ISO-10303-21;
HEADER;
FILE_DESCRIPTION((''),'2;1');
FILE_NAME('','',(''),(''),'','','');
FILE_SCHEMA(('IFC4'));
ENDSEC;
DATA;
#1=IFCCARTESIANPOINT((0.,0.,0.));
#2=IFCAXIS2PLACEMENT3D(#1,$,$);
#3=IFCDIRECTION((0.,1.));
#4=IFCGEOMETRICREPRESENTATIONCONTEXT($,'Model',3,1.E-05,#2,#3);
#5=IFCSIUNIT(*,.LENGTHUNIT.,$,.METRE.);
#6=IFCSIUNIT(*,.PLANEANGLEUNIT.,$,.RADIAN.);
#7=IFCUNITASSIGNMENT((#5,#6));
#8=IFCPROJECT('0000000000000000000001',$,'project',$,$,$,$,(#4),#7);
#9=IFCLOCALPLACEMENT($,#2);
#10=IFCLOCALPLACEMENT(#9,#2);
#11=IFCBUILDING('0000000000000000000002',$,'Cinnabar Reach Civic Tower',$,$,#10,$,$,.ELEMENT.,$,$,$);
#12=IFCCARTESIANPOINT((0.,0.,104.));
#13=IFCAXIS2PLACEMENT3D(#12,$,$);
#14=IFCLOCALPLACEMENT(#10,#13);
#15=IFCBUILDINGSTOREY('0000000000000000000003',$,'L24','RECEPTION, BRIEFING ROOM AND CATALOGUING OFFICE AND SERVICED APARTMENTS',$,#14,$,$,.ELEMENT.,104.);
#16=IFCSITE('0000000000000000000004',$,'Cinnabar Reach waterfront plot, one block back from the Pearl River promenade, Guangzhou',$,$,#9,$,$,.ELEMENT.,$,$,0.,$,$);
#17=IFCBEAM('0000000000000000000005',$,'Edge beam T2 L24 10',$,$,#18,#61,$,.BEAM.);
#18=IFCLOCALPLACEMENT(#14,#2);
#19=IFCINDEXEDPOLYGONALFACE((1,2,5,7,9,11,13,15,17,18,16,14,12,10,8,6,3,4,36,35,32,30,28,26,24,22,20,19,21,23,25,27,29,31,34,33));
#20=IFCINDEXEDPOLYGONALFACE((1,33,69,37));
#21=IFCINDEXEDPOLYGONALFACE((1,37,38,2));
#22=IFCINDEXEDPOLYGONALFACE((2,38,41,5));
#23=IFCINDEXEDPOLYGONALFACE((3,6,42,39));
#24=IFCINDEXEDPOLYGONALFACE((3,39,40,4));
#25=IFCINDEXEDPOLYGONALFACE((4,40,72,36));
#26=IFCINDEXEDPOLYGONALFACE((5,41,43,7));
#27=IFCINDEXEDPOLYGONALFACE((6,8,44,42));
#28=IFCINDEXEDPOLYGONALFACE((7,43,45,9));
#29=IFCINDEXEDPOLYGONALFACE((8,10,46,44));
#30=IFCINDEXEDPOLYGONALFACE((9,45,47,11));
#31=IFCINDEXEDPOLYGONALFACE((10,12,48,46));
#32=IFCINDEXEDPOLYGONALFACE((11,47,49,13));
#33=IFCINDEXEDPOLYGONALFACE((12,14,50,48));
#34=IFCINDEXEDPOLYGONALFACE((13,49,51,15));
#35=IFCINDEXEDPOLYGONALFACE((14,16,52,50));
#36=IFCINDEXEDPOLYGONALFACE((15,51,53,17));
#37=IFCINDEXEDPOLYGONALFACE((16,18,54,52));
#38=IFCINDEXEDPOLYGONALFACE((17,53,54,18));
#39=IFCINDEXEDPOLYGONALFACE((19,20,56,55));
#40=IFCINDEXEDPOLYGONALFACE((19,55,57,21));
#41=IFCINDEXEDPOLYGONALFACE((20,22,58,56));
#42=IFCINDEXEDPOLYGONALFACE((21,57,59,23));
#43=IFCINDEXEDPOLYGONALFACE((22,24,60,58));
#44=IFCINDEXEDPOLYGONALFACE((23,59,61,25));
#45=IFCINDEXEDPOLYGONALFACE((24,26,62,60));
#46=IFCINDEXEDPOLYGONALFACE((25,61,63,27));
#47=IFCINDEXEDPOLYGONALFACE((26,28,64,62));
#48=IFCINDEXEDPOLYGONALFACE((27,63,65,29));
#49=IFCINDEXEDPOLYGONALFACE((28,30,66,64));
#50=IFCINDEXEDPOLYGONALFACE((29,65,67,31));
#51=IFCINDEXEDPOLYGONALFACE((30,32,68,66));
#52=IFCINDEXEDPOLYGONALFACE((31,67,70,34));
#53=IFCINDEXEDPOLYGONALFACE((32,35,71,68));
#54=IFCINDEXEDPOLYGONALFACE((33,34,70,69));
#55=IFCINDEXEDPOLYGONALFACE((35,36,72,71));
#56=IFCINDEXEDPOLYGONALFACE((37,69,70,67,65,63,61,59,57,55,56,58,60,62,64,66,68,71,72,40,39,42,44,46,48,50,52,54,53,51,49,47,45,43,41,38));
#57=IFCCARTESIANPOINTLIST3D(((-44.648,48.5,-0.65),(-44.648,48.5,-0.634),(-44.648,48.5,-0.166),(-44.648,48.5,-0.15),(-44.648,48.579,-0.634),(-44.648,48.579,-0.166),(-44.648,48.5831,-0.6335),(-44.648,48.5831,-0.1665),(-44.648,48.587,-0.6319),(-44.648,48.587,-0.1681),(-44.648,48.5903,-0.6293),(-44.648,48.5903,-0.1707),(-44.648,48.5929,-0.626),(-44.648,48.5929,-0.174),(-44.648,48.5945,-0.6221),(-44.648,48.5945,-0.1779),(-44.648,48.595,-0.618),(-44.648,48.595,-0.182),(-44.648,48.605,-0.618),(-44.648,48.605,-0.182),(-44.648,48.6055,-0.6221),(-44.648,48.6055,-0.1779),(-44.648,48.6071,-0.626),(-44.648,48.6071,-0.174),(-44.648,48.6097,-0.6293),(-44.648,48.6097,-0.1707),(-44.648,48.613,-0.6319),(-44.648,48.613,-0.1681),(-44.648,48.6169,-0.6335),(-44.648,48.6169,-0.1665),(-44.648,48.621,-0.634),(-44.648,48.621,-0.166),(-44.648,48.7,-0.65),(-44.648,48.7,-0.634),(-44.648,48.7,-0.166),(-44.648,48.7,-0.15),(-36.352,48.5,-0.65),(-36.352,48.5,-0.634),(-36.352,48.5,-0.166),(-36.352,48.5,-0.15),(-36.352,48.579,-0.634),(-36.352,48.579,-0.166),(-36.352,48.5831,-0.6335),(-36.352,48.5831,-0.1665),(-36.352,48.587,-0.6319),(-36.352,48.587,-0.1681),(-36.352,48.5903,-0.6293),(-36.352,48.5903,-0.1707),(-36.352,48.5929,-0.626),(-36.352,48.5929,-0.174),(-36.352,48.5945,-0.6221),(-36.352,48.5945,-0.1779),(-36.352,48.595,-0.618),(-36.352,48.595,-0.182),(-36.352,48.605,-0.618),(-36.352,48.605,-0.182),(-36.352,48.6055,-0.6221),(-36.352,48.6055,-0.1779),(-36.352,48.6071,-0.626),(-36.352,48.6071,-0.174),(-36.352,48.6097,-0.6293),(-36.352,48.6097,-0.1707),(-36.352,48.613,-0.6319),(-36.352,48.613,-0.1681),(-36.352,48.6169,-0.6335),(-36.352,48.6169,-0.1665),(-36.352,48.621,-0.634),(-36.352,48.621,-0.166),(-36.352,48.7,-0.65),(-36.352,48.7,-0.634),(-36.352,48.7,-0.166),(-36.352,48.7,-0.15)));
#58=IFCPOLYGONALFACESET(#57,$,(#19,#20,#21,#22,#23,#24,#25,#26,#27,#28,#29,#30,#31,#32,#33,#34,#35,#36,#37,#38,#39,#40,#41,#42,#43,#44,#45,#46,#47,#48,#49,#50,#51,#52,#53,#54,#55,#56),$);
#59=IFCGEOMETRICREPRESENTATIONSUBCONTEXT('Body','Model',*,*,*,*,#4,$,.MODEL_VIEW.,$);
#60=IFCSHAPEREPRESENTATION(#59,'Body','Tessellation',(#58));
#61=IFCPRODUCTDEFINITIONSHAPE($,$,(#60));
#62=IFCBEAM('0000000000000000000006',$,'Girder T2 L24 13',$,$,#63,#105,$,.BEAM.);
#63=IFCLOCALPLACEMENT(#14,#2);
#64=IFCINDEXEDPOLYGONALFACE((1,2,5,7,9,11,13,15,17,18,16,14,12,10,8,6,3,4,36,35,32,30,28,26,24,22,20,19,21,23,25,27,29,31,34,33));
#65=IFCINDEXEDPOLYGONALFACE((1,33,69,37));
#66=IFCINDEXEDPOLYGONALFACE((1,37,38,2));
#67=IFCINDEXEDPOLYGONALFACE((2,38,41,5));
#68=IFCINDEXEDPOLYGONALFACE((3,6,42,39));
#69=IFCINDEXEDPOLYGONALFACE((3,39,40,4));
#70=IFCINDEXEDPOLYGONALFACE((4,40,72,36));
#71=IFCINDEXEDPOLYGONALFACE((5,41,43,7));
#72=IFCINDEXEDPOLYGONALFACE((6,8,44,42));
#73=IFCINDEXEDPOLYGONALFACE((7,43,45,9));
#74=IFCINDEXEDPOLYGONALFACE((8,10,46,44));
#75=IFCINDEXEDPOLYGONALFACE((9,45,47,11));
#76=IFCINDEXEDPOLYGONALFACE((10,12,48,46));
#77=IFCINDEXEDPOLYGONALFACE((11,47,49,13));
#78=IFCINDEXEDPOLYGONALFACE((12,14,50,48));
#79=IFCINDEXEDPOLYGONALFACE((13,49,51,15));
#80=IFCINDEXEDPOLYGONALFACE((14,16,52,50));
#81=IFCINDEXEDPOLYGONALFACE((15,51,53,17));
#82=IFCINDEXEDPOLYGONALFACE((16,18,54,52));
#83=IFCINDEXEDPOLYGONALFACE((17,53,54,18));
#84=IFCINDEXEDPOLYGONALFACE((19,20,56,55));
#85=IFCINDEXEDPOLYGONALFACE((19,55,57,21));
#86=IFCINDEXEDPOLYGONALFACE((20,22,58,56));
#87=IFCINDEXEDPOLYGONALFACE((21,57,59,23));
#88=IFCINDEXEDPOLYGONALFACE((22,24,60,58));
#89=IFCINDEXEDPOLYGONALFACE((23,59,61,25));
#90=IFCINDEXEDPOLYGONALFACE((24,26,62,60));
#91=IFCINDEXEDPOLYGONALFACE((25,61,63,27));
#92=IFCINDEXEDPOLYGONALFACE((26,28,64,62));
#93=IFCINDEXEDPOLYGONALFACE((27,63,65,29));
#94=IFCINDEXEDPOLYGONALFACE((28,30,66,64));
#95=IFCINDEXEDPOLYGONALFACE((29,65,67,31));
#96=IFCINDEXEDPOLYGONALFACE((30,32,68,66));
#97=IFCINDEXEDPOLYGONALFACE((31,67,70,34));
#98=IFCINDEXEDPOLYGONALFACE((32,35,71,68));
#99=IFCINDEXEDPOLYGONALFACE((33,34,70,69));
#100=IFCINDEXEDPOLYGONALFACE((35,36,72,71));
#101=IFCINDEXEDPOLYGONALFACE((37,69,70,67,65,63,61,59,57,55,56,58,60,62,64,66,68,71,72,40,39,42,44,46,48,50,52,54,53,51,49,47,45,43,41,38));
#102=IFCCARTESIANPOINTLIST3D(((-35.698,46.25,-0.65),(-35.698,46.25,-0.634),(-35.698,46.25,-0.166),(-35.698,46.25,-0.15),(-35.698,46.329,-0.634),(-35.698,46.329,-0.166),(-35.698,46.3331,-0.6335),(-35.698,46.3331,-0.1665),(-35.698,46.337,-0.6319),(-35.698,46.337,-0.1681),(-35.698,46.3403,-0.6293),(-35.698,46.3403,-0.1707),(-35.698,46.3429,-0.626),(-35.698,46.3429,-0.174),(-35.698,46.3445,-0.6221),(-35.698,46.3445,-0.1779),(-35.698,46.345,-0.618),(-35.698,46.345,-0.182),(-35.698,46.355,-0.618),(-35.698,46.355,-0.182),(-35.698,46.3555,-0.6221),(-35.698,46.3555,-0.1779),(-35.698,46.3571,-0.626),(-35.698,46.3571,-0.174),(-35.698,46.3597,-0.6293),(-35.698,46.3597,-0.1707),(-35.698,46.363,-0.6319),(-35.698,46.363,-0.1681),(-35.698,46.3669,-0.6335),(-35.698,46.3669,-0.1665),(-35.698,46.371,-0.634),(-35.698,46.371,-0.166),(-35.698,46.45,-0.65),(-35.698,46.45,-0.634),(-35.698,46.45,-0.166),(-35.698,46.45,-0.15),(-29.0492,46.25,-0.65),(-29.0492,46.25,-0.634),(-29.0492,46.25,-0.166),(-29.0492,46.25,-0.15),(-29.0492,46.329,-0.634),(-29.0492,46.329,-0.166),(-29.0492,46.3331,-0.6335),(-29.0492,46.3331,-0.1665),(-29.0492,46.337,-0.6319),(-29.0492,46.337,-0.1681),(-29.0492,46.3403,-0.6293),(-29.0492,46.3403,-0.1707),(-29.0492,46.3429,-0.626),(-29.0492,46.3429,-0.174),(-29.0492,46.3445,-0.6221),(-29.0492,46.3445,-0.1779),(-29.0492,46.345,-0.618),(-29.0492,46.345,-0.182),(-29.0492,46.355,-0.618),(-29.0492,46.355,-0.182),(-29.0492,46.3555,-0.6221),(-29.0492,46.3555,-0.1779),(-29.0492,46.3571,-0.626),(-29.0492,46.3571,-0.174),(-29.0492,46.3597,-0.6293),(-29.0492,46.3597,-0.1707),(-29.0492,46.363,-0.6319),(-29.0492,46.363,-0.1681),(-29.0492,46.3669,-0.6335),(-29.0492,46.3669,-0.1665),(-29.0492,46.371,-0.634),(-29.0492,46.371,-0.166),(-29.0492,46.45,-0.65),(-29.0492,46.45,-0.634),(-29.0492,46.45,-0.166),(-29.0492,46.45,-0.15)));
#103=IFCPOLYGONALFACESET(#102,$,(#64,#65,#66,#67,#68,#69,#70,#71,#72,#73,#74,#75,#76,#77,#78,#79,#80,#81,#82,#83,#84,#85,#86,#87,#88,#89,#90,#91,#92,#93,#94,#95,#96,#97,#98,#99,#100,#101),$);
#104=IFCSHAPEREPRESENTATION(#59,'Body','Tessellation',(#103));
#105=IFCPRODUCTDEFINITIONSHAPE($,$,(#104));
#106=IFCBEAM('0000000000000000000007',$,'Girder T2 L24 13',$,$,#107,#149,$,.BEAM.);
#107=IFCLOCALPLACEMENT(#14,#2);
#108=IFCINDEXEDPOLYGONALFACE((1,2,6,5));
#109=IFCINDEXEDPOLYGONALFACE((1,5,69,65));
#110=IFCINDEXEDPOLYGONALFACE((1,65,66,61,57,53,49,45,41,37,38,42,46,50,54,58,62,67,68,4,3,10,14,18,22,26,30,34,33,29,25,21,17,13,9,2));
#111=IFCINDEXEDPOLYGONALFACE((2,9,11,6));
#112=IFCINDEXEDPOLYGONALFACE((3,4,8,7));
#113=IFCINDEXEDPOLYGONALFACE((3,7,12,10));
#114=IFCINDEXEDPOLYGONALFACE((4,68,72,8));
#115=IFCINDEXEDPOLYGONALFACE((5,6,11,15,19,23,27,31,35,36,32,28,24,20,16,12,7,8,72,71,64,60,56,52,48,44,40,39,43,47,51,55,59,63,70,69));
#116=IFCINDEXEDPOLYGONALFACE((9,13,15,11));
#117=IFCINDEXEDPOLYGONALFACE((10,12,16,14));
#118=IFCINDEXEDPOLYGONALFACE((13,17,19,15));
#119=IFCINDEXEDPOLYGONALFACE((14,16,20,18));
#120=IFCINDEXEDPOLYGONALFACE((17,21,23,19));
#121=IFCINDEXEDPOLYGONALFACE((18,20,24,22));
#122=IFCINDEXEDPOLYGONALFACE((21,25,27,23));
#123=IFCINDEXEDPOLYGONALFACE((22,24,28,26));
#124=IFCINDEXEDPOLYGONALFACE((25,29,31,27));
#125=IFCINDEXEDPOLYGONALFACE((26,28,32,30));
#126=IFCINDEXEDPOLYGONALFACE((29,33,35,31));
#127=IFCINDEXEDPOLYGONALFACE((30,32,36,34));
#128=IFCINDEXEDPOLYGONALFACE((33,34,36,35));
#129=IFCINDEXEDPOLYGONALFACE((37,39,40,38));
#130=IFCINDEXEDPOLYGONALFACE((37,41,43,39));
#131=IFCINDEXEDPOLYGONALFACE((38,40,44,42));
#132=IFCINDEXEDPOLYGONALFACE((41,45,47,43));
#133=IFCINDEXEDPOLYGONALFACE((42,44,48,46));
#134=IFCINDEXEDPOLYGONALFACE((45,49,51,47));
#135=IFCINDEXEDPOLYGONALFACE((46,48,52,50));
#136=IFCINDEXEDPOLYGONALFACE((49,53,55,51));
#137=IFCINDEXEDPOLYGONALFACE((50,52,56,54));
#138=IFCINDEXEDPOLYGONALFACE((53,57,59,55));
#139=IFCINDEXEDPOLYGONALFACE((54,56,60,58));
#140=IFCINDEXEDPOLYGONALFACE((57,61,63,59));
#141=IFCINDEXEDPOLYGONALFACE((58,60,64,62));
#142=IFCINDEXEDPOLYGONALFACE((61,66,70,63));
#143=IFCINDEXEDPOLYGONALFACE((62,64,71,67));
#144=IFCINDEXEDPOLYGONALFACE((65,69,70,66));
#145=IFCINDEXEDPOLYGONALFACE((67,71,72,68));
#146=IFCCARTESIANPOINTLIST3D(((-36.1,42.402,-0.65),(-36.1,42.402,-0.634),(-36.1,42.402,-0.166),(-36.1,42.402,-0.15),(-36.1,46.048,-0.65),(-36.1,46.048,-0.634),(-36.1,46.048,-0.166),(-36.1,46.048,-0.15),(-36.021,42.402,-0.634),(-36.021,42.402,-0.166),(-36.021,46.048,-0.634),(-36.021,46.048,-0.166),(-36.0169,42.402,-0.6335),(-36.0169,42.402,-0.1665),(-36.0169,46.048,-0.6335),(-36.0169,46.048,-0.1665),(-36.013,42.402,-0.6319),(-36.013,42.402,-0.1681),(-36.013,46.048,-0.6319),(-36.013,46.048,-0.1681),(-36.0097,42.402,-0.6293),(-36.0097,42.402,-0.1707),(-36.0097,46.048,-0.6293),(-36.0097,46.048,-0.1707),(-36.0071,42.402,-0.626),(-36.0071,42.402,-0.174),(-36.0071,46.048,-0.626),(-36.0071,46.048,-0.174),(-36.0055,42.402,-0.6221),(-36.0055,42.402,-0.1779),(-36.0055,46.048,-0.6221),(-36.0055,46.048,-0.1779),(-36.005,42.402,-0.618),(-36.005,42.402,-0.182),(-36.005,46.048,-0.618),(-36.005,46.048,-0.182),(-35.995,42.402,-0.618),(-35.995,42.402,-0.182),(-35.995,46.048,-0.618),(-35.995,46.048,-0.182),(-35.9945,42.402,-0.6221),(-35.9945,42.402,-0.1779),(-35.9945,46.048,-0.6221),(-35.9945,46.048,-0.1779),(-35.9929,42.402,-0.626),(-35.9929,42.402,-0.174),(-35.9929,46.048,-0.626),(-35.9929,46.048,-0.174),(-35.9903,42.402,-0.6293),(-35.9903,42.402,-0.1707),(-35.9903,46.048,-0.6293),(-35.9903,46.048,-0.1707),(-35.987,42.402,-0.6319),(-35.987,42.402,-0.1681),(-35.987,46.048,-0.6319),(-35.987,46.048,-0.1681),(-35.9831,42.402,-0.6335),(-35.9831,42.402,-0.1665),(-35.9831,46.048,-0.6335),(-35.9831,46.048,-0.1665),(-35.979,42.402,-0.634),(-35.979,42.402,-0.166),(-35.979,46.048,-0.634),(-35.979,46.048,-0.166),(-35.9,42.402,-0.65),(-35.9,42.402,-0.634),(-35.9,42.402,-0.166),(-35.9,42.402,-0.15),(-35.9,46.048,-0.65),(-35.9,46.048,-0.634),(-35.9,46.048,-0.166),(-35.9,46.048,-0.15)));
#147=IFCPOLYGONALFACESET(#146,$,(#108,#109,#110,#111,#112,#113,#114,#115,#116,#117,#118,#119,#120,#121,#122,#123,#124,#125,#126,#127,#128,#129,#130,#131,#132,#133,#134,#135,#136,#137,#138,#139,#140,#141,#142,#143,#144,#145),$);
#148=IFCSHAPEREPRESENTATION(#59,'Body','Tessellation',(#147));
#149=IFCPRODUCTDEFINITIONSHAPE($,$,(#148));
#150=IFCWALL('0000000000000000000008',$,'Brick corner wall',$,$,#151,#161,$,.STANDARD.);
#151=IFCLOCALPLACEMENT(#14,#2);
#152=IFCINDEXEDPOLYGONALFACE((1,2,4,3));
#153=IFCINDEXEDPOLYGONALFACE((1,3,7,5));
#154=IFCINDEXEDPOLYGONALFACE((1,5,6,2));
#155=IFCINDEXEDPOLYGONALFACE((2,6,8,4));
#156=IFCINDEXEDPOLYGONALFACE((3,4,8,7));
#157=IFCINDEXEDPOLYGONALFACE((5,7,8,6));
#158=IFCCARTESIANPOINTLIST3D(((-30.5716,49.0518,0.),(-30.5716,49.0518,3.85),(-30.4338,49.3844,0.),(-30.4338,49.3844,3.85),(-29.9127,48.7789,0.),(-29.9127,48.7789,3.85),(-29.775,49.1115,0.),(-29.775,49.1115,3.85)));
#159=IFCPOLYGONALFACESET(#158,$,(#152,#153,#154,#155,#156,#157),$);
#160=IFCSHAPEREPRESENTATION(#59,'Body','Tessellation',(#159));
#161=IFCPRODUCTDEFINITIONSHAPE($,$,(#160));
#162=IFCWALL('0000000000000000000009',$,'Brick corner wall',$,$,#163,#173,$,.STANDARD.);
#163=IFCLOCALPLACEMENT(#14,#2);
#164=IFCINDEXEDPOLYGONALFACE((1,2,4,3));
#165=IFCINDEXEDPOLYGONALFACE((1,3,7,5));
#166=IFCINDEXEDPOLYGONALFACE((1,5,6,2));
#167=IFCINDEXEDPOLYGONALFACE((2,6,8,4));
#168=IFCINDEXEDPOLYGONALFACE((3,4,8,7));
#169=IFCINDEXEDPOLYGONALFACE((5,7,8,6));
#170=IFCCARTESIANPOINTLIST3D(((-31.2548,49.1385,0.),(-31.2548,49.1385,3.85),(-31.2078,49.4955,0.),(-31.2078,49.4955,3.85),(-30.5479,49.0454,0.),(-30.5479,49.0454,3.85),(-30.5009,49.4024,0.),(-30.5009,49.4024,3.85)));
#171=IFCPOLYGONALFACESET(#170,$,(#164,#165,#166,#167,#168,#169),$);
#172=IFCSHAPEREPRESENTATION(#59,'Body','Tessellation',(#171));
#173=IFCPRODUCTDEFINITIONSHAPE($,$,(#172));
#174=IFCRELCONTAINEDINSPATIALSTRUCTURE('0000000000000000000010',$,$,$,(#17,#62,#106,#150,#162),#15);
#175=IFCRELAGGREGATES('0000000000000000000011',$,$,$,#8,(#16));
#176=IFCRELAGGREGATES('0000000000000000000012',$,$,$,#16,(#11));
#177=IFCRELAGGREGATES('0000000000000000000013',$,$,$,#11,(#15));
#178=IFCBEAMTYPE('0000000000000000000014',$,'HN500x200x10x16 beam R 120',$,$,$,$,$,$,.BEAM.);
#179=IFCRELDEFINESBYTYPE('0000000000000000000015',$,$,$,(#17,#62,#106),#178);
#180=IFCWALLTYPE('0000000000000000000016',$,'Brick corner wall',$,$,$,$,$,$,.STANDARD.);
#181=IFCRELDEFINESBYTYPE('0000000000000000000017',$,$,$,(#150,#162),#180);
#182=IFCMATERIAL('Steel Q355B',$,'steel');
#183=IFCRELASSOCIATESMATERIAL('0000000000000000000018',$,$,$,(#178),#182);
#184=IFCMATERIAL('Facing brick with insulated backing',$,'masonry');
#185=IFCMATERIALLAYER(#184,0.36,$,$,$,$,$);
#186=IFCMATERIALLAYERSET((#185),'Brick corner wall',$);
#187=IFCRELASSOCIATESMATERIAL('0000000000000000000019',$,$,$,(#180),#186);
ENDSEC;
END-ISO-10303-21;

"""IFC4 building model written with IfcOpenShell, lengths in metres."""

from ifc_helpers import new_model, si_unit, direction, frame, frame_2d, origin, origin_2d, place, context, subcontext, project, spatial, rectangle, i_section, extrude, material, layer, layer_set, material_profile, profile_set, type_object, element, save


model = new_model("IFC4")

# Units and contexts
model_context = context("Model", 3, precision=1e-05, world=origin(), true_north=direction((0.0, 1.0)))
body_context = subcontext(model_context, "Body", "Model", "MODEL_VIEW")
ifc_project = project(units=[si_unit("LENGTHUNIT", "METRE"), si_unit("PLANEANGLEUNIT", "RADIAN")], contexts=[model_context])

# Site, building, storey
site_placement = place(None, origin())
site = spatial("IfcSite", under=ifc_project, at=site_placement, Name="Cinnabar Reach waterfront plot, one block back from the Pearl River promenade, Guangzhou", CompositionType="ELEMENT", RefElevation=0.0)
building_placement = place(site_placement, origin())
building = spatial("IfcBuilding", under=site, at=building_placement, Name="Cinnabar Reach Civic Tower", CompositionType="ELEMENT")
storey_placement = place(building_placement, frame((0.0, 0.0, 104.0)))
storey = spatial("IfcBuildingStorey", under=building, at=storey_placement, Name="L24", Description="RECEPTION, BRIEFING ROOM AND CATALOGUING OFFICE AND SERVICED APARTMENTS", CompositionType="ELEMENT", Elevation=104.0)

# Beams
ifc_material_1 = material(Name="Steel Q355B", Category="steel")
ifc_material_profile_1 = material_profile(ifc_material_1, i_section(OverallWidth=0.2, OverallDepth=0.5, WebThickness=0.01, FlangeThickness=0.016, FilletRadius=0.016, at=origin_2d()), Name="HN500x200x10x16")
ifc_profile_set_1 = profile_set([ifc_material_profile_1], Name="Steel Q355B")
beam_type_1 = type_object("IfcBeamType", Name="HN500x200x10x16 beam R 120", PredefinedType="BEAM", material=ifc_profile_set_1)
beam_1_placement = place(storey_placement, frame((-36.352, 48.6, -0.4), z_axis=(-1.0, 0.0, 0.0), x_axis=(0.0, -1.0, 0.0)))
element("IfcBeam", 1, at=beam_1_placement, inside=storey, type_object=beam_type_1, Name="Edge beam T2 L24 10", PredefinedType="BEAM", context=body_context, shape_type="SweptSolid", body=[
    extrude(i_section(OverallWidth=0.2, OverallDepth=0.5, WebThickness=0.01, FlangeThickness=0.016, FilletRadius=0.016, at=origin_2d()), origin(), (0.0, 0.0, 1.0), 8.296),
])
beam_2_placement = place(storey_placement, frame((-35.698, 46.35, -0.4), z_axis=(1.0, 0.0, 0.0), x_axis=(0.0, 1.0, 0.0)))
element("IfcBeam", 2, at=beam_2_placement, inside=storey, type_object=beam_type_1, Name="Girder T2 L24 13", PredefinedType="BEAM", context=body_context, shape_type="SweptSolid", body=[
    extrude(i_section(OverallWidth=0.2, OverallDepth=0.5, WebThickness=0.01, FlangeThickness=0.016, FilletRadius=0.016, at=origin_2d()), origin(), (0.0, 0.0, 1.0), 6.6488),
])
beam_3_placement = place(storey_placement, frame((-36.0, 42.402, -0.4), z_axis=(0.0, 1.0, 0.0), x_axis=(-1.0, 0.0, 0.0)))
element("IfcBeam", 3, at=beam_3_placement, inside=storey, type_object=beam_type_1, Name="Girder T2 L24 13", PredefinedType="BEAM", context=body_context, shape_type="SweptSolid", body=[
    extrude(i_section(OverallWidth=0.2, OverallDepth=0.5, WebThickness=0.01, FlangeThickness=0.016, FilletRadius=0.016, at=origin_2d()), origin(), (0.0, 0.0, 1.0), 3.646),
])

# Walls
ifc_material_2 = material(Name="Facing brick with insulated backing", Category="masonry")
ifc_layer_1 = layer(ifc_material_2, 0.36)
ifc_layer_set_1 = layer_set([ifc_layer_1], Name="Brick corner wall")
wall_type_1 = type_object("IfcWallType", Name="Brick corner wall", PredefinedType="STANDARD", material=ifc_layer_set_1)
for number, where, z_axis, x_axis, name in (
    (4, (-29.8439, 48.9452, 0.0), (0.0, 0.0, 1.0), (-0.923872, 0.382703, 0.0), "Brick corner wall"),
    (5, (-30.5244, 49.2239, 0.0), (0.0, 0.0, 1.0), (-0.991441, 0.130556, 0.0), "Brick corner wall"),
):
    element("IfcWall", number, at=place(storey_placement, frame(where, z_axis=z_axis, x_axis=x_axis)), inside=storey, type_object=wall_type_1, Name=name, PredefinedType="STANDARD", context=body_context, shape_type="SweptSolid", body=[
        extrude(rectangle(XDim=0.7131, YDim=0.36, at=frame_2d((0.3565, 0.0))), origin(), (0.0, 0.0, 1.0), 3.85),
    ])

save(model, "model.ifc")
